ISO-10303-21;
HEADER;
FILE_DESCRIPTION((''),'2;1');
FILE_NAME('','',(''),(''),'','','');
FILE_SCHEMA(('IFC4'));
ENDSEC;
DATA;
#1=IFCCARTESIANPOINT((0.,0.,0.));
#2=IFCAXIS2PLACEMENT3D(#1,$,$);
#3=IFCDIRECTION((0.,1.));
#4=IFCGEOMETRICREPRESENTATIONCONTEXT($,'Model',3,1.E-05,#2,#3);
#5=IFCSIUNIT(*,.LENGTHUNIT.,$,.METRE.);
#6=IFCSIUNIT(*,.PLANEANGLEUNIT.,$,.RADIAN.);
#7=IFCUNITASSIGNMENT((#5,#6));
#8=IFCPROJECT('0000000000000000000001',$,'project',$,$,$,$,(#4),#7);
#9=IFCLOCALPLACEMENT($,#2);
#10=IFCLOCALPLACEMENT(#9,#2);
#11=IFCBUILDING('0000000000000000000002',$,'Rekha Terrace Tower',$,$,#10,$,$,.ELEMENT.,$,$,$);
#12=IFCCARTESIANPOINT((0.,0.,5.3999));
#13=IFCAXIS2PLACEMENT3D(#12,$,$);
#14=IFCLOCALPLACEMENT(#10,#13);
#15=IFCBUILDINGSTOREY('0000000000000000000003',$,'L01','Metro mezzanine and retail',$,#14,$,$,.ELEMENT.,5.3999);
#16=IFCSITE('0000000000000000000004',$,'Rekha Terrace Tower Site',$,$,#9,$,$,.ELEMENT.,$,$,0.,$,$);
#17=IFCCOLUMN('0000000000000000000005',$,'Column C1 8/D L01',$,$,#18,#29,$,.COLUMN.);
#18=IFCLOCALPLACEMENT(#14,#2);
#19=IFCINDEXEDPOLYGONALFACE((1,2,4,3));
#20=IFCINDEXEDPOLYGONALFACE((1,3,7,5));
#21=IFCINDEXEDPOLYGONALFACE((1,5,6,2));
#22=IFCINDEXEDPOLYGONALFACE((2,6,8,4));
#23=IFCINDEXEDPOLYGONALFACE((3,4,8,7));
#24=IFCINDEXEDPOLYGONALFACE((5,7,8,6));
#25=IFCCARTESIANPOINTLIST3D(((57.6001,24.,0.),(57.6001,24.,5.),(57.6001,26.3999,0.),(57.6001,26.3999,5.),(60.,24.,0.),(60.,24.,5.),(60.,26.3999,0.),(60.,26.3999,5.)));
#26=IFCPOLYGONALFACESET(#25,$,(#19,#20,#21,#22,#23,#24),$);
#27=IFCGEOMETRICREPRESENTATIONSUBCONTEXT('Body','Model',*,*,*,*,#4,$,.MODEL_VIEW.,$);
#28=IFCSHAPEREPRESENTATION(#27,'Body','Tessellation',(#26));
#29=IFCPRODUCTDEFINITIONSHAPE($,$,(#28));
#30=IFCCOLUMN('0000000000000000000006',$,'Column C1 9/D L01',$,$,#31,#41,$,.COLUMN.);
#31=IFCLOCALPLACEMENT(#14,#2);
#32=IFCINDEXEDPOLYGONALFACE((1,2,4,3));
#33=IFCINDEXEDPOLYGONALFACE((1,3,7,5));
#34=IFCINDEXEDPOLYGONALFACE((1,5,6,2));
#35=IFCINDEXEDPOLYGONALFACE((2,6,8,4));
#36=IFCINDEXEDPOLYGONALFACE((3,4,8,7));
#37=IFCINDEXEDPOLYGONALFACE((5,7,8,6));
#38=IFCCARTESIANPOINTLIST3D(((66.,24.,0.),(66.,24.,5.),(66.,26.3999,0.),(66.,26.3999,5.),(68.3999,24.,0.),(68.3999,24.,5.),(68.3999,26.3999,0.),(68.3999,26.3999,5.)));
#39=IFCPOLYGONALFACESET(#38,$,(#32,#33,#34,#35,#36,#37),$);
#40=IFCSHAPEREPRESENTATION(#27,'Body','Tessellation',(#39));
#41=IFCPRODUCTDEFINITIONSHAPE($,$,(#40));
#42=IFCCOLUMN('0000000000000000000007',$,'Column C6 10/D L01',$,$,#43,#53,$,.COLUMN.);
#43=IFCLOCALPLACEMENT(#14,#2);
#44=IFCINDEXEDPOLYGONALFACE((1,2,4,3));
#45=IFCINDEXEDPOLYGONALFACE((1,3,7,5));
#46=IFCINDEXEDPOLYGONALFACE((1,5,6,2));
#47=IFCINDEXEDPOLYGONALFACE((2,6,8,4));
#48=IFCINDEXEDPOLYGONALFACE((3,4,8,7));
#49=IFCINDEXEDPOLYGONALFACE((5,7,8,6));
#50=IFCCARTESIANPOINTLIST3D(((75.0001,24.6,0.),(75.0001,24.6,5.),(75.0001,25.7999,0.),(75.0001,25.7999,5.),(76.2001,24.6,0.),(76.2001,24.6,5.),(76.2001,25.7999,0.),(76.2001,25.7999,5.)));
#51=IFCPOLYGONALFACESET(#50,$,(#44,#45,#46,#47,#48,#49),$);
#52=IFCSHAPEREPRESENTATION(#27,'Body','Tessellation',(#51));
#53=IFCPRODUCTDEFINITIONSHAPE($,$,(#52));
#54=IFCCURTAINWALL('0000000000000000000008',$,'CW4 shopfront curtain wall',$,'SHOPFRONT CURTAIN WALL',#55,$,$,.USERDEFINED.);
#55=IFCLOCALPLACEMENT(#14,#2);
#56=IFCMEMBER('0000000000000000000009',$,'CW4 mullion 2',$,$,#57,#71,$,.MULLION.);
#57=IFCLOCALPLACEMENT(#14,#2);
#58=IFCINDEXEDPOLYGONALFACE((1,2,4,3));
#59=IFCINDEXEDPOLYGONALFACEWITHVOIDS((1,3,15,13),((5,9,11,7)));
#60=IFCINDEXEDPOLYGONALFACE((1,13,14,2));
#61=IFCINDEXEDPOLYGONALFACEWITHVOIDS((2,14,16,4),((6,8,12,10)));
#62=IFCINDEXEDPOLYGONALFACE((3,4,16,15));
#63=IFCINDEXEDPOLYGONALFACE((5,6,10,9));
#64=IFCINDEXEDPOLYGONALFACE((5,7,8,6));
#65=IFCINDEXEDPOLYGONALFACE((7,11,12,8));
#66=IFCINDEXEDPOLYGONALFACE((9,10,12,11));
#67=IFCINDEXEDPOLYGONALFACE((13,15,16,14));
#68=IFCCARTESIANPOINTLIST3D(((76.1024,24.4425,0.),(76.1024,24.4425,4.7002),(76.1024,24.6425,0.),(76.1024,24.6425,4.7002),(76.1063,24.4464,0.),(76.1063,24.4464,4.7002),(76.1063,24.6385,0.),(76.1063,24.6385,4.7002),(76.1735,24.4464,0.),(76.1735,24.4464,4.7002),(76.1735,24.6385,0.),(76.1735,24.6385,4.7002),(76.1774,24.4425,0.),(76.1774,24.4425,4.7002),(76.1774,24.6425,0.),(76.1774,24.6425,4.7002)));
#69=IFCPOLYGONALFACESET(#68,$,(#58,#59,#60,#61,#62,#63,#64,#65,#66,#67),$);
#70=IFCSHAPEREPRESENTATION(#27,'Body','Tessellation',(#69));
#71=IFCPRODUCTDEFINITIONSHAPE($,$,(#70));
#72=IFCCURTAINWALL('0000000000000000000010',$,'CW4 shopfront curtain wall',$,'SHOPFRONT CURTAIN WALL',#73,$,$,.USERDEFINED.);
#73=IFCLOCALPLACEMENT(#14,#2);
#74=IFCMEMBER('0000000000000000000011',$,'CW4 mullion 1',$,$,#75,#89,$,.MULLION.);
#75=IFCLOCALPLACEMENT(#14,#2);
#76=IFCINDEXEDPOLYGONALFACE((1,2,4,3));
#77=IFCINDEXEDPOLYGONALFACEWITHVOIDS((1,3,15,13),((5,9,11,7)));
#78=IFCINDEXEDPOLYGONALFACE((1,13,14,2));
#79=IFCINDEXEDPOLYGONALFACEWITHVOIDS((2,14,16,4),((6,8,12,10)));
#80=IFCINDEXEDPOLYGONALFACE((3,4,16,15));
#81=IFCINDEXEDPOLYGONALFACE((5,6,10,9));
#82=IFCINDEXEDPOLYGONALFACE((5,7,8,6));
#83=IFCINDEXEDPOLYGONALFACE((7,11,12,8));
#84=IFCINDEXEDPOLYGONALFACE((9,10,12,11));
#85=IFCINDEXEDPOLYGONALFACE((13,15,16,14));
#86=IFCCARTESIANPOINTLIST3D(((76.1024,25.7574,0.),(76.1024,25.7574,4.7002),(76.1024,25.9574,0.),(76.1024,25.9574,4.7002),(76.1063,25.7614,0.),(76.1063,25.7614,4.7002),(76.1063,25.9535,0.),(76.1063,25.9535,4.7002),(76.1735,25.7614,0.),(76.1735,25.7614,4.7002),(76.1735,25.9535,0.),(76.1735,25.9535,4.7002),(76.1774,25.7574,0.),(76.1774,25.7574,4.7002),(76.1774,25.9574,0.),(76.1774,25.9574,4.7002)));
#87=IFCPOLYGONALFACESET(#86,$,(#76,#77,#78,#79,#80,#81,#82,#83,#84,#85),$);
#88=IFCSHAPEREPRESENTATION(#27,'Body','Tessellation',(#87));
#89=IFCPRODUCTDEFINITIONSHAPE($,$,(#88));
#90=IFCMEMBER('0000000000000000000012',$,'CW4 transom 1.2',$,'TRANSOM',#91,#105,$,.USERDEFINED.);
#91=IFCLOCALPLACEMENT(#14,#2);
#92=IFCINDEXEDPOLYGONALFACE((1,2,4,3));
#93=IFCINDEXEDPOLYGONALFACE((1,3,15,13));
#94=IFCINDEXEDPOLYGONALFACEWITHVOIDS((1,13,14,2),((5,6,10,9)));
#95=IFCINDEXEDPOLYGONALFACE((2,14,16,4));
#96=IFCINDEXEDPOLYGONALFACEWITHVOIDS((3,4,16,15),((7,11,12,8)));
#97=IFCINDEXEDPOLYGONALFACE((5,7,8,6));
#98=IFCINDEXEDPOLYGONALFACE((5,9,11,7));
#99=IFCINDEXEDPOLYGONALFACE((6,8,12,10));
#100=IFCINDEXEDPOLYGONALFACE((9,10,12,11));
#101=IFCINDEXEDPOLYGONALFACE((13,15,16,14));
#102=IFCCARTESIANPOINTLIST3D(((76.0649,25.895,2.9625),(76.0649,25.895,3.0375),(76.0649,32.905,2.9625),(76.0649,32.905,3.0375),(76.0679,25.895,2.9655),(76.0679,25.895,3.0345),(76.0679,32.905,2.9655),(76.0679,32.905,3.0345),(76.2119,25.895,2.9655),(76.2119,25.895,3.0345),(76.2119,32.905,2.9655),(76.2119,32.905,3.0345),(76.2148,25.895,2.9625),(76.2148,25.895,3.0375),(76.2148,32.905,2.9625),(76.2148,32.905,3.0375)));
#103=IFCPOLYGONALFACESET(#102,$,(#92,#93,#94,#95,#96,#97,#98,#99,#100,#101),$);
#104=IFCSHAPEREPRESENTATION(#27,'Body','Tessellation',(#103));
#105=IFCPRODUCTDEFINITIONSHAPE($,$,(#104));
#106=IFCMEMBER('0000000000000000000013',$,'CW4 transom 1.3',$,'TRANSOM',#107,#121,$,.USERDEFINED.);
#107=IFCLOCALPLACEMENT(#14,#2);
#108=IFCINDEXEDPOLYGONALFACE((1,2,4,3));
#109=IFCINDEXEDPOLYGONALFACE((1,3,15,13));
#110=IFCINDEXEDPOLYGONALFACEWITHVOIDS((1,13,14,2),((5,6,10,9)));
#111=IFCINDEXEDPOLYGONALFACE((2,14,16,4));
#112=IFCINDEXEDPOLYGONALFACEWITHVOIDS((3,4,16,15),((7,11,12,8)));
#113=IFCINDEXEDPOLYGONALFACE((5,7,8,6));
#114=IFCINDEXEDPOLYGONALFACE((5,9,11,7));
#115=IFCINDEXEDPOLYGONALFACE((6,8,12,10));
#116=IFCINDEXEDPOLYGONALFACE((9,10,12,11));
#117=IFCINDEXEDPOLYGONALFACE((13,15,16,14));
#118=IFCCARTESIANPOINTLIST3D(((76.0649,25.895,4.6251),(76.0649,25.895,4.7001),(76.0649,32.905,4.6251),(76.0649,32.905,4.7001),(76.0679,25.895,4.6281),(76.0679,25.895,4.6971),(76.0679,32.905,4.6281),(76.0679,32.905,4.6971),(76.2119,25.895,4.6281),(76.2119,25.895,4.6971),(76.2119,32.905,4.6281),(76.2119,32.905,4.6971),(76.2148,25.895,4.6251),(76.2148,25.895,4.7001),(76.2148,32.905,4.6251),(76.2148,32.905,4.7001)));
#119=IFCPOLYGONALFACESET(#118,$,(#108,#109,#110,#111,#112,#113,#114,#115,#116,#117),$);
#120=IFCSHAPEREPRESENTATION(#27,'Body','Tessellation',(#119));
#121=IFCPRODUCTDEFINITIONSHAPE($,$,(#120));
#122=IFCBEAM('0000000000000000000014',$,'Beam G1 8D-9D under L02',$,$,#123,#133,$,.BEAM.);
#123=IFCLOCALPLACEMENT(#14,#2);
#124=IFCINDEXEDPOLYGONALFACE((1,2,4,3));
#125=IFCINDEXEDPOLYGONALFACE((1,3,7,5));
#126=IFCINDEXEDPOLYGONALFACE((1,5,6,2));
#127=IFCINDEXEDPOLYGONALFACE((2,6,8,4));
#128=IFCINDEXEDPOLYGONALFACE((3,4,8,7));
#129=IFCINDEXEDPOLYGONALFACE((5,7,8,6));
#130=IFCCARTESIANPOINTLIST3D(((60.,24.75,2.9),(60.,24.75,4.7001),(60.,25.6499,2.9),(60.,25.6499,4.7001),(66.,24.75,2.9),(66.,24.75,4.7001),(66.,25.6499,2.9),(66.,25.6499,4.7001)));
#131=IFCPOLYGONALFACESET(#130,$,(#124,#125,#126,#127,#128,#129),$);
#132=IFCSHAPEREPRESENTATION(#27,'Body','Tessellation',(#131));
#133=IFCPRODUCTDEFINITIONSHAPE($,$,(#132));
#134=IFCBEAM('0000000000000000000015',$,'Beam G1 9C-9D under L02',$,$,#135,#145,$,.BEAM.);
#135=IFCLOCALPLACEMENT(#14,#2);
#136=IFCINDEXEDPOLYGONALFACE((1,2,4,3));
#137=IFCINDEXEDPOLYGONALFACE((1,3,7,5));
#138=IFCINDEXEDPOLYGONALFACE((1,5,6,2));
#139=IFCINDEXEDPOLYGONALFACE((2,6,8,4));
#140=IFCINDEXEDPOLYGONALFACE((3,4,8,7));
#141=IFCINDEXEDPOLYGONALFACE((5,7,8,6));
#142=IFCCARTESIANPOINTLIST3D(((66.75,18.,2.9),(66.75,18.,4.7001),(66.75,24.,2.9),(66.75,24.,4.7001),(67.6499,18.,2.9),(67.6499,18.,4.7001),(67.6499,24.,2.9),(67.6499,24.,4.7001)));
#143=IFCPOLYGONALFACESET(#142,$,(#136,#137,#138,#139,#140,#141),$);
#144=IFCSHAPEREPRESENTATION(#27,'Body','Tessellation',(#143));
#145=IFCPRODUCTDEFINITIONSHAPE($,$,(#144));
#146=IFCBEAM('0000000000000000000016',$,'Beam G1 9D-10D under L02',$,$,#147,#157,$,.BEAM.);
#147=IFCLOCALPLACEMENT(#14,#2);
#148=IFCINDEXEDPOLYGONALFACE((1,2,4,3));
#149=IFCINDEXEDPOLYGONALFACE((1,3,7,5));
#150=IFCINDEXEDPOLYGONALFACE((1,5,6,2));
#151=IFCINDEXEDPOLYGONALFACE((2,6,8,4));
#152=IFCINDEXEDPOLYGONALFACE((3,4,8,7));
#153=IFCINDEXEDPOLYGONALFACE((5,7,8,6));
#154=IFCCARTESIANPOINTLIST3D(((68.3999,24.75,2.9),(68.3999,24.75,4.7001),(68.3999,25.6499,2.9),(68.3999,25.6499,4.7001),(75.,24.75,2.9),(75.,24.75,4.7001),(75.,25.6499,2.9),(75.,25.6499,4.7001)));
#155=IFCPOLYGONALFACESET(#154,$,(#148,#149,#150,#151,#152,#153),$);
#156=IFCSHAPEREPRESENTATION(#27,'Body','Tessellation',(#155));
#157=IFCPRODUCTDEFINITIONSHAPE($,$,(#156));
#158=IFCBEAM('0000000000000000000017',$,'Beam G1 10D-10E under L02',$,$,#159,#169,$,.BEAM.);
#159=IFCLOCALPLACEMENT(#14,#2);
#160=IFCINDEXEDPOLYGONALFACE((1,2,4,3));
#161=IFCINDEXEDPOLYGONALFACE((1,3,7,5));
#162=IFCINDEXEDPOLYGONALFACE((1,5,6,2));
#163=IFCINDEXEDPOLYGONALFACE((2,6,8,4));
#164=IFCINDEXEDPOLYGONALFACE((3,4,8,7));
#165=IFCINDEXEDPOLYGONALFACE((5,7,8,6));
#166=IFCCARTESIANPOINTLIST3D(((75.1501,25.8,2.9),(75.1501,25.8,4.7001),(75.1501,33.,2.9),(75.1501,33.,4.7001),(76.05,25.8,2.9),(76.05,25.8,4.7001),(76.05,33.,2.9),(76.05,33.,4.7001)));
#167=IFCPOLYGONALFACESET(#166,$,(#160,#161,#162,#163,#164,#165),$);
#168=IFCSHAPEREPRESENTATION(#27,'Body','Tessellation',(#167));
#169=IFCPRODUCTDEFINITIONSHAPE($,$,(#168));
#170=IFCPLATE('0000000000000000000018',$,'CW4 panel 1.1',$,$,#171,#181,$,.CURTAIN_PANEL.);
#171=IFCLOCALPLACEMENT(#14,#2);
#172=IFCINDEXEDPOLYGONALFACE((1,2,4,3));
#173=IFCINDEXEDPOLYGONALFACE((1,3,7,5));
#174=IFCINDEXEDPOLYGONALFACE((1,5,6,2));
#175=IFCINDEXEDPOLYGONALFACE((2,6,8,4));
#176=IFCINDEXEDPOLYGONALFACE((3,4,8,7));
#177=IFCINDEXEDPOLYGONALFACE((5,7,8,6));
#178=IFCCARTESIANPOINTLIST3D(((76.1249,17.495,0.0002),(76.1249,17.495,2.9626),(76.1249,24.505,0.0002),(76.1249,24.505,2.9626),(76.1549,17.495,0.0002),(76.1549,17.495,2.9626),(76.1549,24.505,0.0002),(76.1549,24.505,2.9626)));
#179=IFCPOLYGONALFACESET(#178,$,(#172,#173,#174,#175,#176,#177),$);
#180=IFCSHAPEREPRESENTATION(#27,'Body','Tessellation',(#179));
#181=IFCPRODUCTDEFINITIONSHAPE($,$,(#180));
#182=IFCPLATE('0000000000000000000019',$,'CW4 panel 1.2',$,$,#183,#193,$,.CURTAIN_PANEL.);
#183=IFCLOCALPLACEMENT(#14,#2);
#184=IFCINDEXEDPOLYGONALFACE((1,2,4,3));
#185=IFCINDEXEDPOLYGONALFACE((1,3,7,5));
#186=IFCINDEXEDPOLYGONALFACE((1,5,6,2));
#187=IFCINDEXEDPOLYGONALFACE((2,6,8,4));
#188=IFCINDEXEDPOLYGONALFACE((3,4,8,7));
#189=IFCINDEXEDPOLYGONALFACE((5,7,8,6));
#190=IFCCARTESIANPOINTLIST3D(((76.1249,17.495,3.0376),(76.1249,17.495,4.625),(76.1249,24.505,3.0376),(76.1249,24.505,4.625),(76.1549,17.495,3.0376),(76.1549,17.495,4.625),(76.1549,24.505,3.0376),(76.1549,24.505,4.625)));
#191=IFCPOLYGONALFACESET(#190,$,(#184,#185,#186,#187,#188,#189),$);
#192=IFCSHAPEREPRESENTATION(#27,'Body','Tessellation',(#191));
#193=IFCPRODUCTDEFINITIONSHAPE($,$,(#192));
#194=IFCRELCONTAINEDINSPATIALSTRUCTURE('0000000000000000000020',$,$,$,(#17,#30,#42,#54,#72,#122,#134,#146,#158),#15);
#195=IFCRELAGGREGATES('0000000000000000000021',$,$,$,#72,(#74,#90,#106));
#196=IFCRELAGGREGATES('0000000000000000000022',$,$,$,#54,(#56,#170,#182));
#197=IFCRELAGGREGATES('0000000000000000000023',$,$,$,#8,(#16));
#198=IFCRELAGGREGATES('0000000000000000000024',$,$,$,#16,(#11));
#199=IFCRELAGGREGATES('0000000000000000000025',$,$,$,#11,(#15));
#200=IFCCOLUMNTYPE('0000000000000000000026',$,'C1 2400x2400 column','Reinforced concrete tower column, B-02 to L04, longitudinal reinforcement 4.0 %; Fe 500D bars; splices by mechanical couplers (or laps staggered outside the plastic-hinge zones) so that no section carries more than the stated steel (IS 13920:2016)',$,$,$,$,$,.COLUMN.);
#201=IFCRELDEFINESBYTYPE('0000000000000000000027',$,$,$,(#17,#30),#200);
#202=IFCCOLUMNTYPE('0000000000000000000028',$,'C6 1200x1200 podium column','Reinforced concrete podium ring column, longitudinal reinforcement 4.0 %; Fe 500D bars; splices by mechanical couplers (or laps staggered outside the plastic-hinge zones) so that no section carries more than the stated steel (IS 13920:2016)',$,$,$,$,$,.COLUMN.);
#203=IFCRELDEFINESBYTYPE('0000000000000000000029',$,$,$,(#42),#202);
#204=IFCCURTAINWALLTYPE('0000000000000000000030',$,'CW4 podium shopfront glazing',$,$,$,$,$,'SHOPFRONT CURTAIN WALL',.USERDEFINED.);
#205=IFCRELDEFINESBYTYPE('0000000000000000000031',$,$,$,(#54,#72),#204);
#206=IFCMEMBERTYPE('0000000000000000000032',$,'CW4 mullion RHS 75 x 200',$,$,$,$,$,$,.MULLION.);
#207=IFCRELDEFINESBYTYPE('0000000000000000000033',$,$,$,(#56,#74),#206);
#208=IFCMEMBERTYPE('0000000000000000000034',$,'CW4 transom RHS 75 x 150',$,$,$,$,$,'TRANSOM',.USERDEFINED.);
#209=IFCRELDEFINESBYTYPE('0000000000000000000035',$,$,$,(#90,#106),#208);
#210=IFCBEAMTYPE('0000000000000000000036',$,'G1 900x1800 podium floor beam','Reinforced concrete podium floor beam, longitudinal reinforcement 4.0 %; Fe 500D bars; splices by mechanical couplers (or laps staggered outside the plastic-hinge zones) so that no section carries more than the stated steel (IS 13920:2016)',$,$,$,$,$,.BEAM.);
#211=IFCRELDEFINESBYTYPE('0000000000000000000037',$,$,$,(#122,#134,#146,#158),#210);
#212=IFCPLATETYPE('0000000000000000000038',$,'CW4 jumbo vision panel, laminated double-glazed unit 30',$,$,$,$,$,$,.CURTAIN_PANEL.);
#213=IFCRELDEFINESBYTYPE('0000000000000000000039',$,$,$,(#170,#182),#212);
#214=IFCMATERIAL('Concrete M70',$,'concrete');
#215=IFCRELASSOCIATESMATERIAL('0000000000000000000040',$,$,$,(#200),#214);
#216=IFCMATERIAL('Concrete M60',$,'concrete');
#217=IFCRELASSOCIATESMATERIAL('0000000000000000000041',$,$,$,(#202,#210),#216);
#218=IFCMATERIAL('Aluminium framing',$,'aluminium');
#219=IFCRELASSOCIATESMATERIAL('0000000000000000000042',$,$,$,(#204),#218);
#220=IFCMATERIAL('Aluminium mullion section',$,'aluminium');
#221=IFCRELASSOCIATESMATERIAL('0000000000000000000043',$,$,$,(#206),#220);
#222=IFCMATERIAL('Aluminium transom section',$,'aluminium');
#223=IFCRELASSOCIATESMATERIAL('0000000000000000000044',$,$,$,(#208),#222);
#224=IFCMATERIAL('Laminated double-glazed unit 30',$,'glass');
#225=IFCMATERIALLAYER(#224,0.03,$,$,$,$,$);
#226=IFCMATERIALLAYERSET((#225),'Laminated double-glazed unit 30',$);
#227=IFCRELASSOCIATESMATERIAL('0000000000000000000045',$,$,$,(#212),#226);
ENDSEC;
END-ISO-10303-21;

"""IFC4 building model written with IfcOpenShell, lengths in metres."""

from ifc_helpers import new_model, si_unit, direction, frame, origin, origin_2d, place, context, subcontext, project, spatial, rectangle, hollow_rectangle, extrude, material, layer, layer_set, material_profile, profile_set, type_object, element, aggregate, save


model = new_model("IFC4")

# Units and contexts
model_context = context("Model", 3, precision=1e-05, world=origin(), true_north=direction((0.0, 1.0)))
body_context = subcontext(model_context, "Body", "Model", "MODEL_VIEW")
ifc_project = project(units=[si_unit("LENGTHUNIT", "METRE"), si_unit("PLANEANGLEUNIT", "RADIAN")], contexts=[model_context])

# Site, building, storey
site_placement = place(None, origin())
site = spatial("IfcSite", under=ifc_project, at=site_placement, Name="Rekha Terrace Tower Site", CompositionType="ELEMENT", RefElevation=0.0)
building_placement = place(site_placement, origin())
building = spatial("IfcBuilding", under=site, at=building_placement, Name="Rekha Terrace Tower", CompositionType="ELEMENT")
storey_placement = place(building_placement, frame((0.0, 0.0, 5.3999)))
storey = spatial("IfcBuildingStorey", under=building, at=storey_placement, Name="L01", Description="Metro mezzanine and retail", CompositionType="ELEMENT", Elevation=5.3999)

# Columns
ifc_material_1 = material(Name="Concrete M70", Category="concrete")
ifc_material_profile_1 = material_profile(ifc_material_1, rectangle(XDim=2.3999, YDim=2.3999, at=origin_2d()), Name="RC 2400x2400")
ifc_profile_set_1 = profile_set([ifc_material_profile_1], Name="Concrete M70")
column_type_1 = type_object("IfcColumnType", Name="C1 2400x2400 column", Description="Reinforced concrete tower column, B-02 to L04, longitudinal reinforcement 4.0 %; Fe 500D bars; splices by mechanical couplers (or laps staggered outside the plastic-hinge zones) so that no section carries more than the stated steel (IS 13920:2016)", PredefinedType="COLUMN", material=ifc_profile_set_1)
for number, where, z_axis, x_axis, name in (
    (1, (58.8, 25.2, 0.0), (0.0, 0.0, 1.0), (1.0, 0.0, 0.0), "Column C1 8/D L01"),
    (2, (67.2, 25.2, 0.0), (0.0, 0.0, 1.0), (1.0, 0.0, 0.0), "Column C1 9/D L01"),
):
    element("IfcColumn", number, at=place(storey_placement, frame(where, z_axis=z_axis, x_axis=x_axis)), inside=storey, type_object=column_type_1, Name=name, PredefinedType="COLUMN", context=body_context, shape_type="SweptSolid", body=[
        extrude(rectangle(XDim=2.3999, YDim=2.3999, at=origin_2d()), origin(), (0.0, 0.0, 1.0), 5.0),
    ])
ifc_material_2 = material(Name="Concrete M60", Category="concrete")
ifc_material_profile_2 = material_profile(ifc_material_2, rectangle(XDim=1.2, YDim=1.2, at=origin_2d()), Name="RC 1200x1200")
ifc_profile_set_2 = profile_set([ifc_material_profile_2], Name="Concrete M60")
column_type_2 = type_object("IfcColumnType", Name="C6 1200x1200 podium column", Description="Reinforced concrete podium ring column, longitudinal reinforcement 4.0 %; Fe 500D bars; splices by mechanical couplers (or laps staggered outside the plastic-hinge zones) so that no section carries more than the stated steel (IS 13920:2016)", PredefinedType="COLUMN", material=ifc_profile_set_2)
column_placement = place(storey_placement, frame((75.6001, 25.2, 0.0), z_axis=(0.0, 0.0, 1.0), x_axis=(1.0, 0.0, 0.0)))
element("IfcColumn", 3, at=column_placement, inside=storey, type_object=column_type_2, Name="Column C6 10/D L01", PredefinedType="COLUMN", context=body_context, shape_type="SweptSolid", body=[
    extrude(rectangle(XDim=1.2, YDim=1.2, at=origin_2d()), origin(), (0.0, 0.0, 1.0), 5.0),
])

# Curtain wall, member
ifc_material_3 = material(Name="Aluminium framing", Category="aluminium")
curtain_wall_type = type_object("IfcCurtainWallType", Name="CW4 podium shopfront glazing", ElementType="SHOPFRONT CURTAIN WALL", PredefinedType="USERDEFINED", material=ifc_material_3)
curtain_wall_1_placement = place(storey_placement, origin())
curtain_wall_1 = element("IfcCurtainWall", 4, at=curtain_wall_1_placement, inside=storey, type_object=curtain_wall_type, Name="CW4 shopfront curtain wall", ObjectType="SHOPFRONT CURTAIN WALL", PredefinedType="USERDEFINED")
ifc_material_4 = material(Name="Aluminium mullion section", Category="aluminium")
ifc_material_profile_3 = material_profile(ifc_material_4, hollow_rectangle(XDim=0.075, YDim=0.2, WallThickness=0.0039, at=origin_2d()), Name="AL RHS 75x200")
ifc_profile_set_3 = profile_set([ifc_material_profile_3], Name="Aluminium mullion section")
member_type_1 = type_object("IfcMemberType", Name="CW4 mullion RHS 75 x 200", PredefinedType="MULLION", material=ifc_profile_set_3)
member_1_placement = place(storey_placement, frame((76.1399, 24.5425, 0.0), z_axis=(0.0, 0.0, 1.0), x_axis=(-1.0, 0.0, 0.0)))
member_1 = element("IfcMember", 5, at=member_1_placement, type_object=member_type_1, Name="CW4 mullion 2", PredefinedType="MULLION", context=body_context, shape_type="SweptSolid", body=[
    extrude(hollow_rectangle(XDim=0.075, YDim=0.2, WallThickness=0.0039, at=origin_2d()), origin(), (0.0, 0.0, 1.0), 4.7002),
])

# Curtain wall, members
curtain_wall_2_placement = place(storey_placement, origin())
curtain_wall_2 = element("IfcCurtainWall", 6, at=curtain_wall_2_placement, inside=storey, type_object=curtain_wall_type, Name="CW4 shopfront curtain wall", ObjectType="SHOPFRONT CURTAIN WALL", PredefinedType="USERDEFINED")
member_2_placement = place(storey_placement, frame((76.1399, 25.8574, 0.0), z_axis=(0.0, 0.0, 1.0), x_axis=(-1.0, 0.0, 0.0)))
member_2 = element("IfcMember", 7, at=member_2_placement, type_object=member_type_1, Name="CW4 mullion 1", PredefinedType="MULLION", context=body_context, shape_type="SweptSolid", body=[
    extrude(hollow_rectangle(XDim=0.075, YDim=0.2, WallThickness=0.0039, at=origin_2d()), origin(), (0.0, 0.0, 1.0), 4.7002),
])
ifc_material_5 = material(Name="Aluminium transom section", Category="aluminium")
ifc_material_profile_4 = material_profile(ifc_material_5, hollow_rectangle(XDim=0.1499, YDim=0.075, WallThickness=0.0029, at=origin_2d()), Name="AL RHS 150x75")
ifc_profile_set_4 = profile_set([ifc_material_profile_4], Name="Aluminium transom section")
member_type_2 = type_object("IfcMemberType", Name="CW4 transom RHS 75 x 150", ElementType="TRANSOM", PredefinedType="USERDEFINED", material=ifc_profile_set_4)
member_3_placement = place(storey_placement, frame((76.1399, 25.895, 3.0), z_axis=(0.0, 1.0, 0.0), x_axis=(-1.0, 0.0, 0.0)))
member_3 = element("IfcMember", 8, at=member_3_placement, type_object=member_type_2, Name="CW4 transom 1.2", ObjectType="TRANSOM", PredefinedType="USERDEFINED", context=body_context, shape_type="SweptSolid", body=[
    extrude(hollow_rectangle(XDim=0.1499, YDim=0.075, WallThickness=0.0029, at=origin_2d()), origin(), (0.0, 0.0, 1.0), 7.01),
])
member_4_placement = place(storey_placement, frame((76.1399, 25.895, 4.6626), z_axis=(0.0, 1.0, 0.0), x_axis=(-1.0, 0.0, 0.0)))
member_4 = element("IfcMember", 9, at=member_4_placement, type_object=member_type_2, Name="CW4 transom 1.3", ObjectType="TRANSOM", PredefinedType="USERDEFINED", context=body_context, shape_type="SweptSolid", body=[
    extrude(hollow_rectangle(XDim=0.1499, YDim=0.075, WallThickness=0.0029, at=origin_2d()), origin(), (0.0, 0.0, 1.0), 7.01),
])
aggregate(curtain_wall_2, [member_2, member_3, member_4])

# Beams
ifc_material_profile_5 = material_profile(ifc_material_2, rectangle(XDim=0.8999, YDim=1.8, at=origin_2d()), Name="RC 900x1800")
ifc_profile_set_5 = profile_set([ifc_material_profile_5], Name="Concrete M60")
beam_type = type_object("IfcBeamType", Name="G1 900x1800 podium floor beam", Description="Reinforced concrete podium floor beam, longitudinal reinforcement 4.0 %; Fe 500D bars; splices by mechanical couplers (or laps staggered outside the plastic-hinge zones) so that no section carries more than the stated steel (IS 13920:2016)", PredefinedType="BEAM", material=ifc_profile_set_5)
for number, where, z_axis, x_axis, name in (
    (10, (60.0, 25.2, 3.8), (1.0, 0.0, 0.0), (0.0, 1.0, 0.0), "Beam G1 8D-9D under L02"),
    (11, (67.2, 18.0, 3.8), (0.0, 1.0, 0.0), (-1.0, 0.0, 0.0), "Beam G1 9C-9D under L02"),
):
    element("IfcBeam", number, at=place(storey_placement, frame(where, z_axis=z_axis, x_axis=x_axis)), inside=storey, type_object=beam_type, Name=name, PredefinedType="BEAM", context=body_context, shape_type="SweptSolid", body=[
        extrude(rectangle(XDim=0.8999, YDim=1.8, at=origin_2d()), origin(), (0.0, 0.0, 1.0), 6.0),
    ])
beam_1_placement = place(storey_placement, frame((68.3999, 25.2, 3.8), z_axis=(1.0, 0.0, 0.0), x_axis=(0.0, 1.0, 0.0)))
element("IfcBeam", 12, at=beam_1_placement, inside=storey, type_object=beam_type, Name="Beam G1 9D-10D under L02", PredefinedType="BEAM", context=body_context, shape_type="SweptSolid", body=[
    extrude(rectangle(XDim=0.8999, YDim=1.8, at=origin_2d()), origin(), (0.0, 0.0, 1.0), 6.6001),
])
beam_2_placement = place(storey_placement, frame((75.6001, 25.8, 3.8), z_axis=(0.0, 1.0, 0.0), x_axis=(-1.0, 0.0, 0.0)))
element("IfcBeam", 13, at=beam_2_placement, inside=storey, type_object=beam_type, Name="Beam G1 10D-10E under L02", PredefinedType="BEAM", context=body_context, shape_type="SweptSolid", body=[
    extrude(rectangle(XDim=0.8999, YDim=1.8, at=origin_2d()), origin(), (0.0, 0.0, 1.0), 7.2),
])

# Plates
ifc_material_6 = material(Name="Laminated double-glazed unit 30", Category="glass")
ifc_layer_1 = layer(ifc_material_6, 0.03)
ifc_layer_set_1 = layer_set([ifc_layer_1], Name="Laminated double-glazed unit 30")
plate_type = type_object("IfcPlateType", Name="CW4 jumbo vision panel, laminated double-glazed unit 30", PredefinedType="CURTAIN_PANEL", material=ifc_layer_set_1)
plate_1_placement = place(storey_placement, frame((76.1399, 21.0, 0.0002), z_axis=(0.0, 0.0, 1.0), x_axis=(0.0, 1.0, 0.0)))
plate_1 = element("IfcPlate", 14, at=plate_1_placement, type_object=plate_type, Name="CW4 panel 1.1", PredefinedType="CURTAIN_PANEL", context=body_context, shape_type="SweptSolid", body=[
    extrude(rectangle(XDim=7.01, YDim=0.03, at=origin_2d()), origin(), (0.0, 0.0, 1.0), 2.9624),
])
plate_2_placement = place(storey_placement, frame((76.1399, 21.0, 3.0376), z_axis=(0.0, 0.0, 1.0), x_axis=(0.0, 1.0, 0.0)))
plate_2 = element("IfcPlate", 15, at=plate_2_placement, type_object=plate_type, Name="CW4 panel 1.2", PredefinedType="CURTAIN_PANEL", context=body_context, shape_type="SweptSolid", body=[
    extrude(rectangle(XDim=7.01, YDim=0.03, at=origin_2d()), origin(), (0.0, 0.0, 1.0), 1.5874),
])
aggregate(curtain_wall_1, [member_1, plate_1, plate_2])

save(model, "model.ifc")
